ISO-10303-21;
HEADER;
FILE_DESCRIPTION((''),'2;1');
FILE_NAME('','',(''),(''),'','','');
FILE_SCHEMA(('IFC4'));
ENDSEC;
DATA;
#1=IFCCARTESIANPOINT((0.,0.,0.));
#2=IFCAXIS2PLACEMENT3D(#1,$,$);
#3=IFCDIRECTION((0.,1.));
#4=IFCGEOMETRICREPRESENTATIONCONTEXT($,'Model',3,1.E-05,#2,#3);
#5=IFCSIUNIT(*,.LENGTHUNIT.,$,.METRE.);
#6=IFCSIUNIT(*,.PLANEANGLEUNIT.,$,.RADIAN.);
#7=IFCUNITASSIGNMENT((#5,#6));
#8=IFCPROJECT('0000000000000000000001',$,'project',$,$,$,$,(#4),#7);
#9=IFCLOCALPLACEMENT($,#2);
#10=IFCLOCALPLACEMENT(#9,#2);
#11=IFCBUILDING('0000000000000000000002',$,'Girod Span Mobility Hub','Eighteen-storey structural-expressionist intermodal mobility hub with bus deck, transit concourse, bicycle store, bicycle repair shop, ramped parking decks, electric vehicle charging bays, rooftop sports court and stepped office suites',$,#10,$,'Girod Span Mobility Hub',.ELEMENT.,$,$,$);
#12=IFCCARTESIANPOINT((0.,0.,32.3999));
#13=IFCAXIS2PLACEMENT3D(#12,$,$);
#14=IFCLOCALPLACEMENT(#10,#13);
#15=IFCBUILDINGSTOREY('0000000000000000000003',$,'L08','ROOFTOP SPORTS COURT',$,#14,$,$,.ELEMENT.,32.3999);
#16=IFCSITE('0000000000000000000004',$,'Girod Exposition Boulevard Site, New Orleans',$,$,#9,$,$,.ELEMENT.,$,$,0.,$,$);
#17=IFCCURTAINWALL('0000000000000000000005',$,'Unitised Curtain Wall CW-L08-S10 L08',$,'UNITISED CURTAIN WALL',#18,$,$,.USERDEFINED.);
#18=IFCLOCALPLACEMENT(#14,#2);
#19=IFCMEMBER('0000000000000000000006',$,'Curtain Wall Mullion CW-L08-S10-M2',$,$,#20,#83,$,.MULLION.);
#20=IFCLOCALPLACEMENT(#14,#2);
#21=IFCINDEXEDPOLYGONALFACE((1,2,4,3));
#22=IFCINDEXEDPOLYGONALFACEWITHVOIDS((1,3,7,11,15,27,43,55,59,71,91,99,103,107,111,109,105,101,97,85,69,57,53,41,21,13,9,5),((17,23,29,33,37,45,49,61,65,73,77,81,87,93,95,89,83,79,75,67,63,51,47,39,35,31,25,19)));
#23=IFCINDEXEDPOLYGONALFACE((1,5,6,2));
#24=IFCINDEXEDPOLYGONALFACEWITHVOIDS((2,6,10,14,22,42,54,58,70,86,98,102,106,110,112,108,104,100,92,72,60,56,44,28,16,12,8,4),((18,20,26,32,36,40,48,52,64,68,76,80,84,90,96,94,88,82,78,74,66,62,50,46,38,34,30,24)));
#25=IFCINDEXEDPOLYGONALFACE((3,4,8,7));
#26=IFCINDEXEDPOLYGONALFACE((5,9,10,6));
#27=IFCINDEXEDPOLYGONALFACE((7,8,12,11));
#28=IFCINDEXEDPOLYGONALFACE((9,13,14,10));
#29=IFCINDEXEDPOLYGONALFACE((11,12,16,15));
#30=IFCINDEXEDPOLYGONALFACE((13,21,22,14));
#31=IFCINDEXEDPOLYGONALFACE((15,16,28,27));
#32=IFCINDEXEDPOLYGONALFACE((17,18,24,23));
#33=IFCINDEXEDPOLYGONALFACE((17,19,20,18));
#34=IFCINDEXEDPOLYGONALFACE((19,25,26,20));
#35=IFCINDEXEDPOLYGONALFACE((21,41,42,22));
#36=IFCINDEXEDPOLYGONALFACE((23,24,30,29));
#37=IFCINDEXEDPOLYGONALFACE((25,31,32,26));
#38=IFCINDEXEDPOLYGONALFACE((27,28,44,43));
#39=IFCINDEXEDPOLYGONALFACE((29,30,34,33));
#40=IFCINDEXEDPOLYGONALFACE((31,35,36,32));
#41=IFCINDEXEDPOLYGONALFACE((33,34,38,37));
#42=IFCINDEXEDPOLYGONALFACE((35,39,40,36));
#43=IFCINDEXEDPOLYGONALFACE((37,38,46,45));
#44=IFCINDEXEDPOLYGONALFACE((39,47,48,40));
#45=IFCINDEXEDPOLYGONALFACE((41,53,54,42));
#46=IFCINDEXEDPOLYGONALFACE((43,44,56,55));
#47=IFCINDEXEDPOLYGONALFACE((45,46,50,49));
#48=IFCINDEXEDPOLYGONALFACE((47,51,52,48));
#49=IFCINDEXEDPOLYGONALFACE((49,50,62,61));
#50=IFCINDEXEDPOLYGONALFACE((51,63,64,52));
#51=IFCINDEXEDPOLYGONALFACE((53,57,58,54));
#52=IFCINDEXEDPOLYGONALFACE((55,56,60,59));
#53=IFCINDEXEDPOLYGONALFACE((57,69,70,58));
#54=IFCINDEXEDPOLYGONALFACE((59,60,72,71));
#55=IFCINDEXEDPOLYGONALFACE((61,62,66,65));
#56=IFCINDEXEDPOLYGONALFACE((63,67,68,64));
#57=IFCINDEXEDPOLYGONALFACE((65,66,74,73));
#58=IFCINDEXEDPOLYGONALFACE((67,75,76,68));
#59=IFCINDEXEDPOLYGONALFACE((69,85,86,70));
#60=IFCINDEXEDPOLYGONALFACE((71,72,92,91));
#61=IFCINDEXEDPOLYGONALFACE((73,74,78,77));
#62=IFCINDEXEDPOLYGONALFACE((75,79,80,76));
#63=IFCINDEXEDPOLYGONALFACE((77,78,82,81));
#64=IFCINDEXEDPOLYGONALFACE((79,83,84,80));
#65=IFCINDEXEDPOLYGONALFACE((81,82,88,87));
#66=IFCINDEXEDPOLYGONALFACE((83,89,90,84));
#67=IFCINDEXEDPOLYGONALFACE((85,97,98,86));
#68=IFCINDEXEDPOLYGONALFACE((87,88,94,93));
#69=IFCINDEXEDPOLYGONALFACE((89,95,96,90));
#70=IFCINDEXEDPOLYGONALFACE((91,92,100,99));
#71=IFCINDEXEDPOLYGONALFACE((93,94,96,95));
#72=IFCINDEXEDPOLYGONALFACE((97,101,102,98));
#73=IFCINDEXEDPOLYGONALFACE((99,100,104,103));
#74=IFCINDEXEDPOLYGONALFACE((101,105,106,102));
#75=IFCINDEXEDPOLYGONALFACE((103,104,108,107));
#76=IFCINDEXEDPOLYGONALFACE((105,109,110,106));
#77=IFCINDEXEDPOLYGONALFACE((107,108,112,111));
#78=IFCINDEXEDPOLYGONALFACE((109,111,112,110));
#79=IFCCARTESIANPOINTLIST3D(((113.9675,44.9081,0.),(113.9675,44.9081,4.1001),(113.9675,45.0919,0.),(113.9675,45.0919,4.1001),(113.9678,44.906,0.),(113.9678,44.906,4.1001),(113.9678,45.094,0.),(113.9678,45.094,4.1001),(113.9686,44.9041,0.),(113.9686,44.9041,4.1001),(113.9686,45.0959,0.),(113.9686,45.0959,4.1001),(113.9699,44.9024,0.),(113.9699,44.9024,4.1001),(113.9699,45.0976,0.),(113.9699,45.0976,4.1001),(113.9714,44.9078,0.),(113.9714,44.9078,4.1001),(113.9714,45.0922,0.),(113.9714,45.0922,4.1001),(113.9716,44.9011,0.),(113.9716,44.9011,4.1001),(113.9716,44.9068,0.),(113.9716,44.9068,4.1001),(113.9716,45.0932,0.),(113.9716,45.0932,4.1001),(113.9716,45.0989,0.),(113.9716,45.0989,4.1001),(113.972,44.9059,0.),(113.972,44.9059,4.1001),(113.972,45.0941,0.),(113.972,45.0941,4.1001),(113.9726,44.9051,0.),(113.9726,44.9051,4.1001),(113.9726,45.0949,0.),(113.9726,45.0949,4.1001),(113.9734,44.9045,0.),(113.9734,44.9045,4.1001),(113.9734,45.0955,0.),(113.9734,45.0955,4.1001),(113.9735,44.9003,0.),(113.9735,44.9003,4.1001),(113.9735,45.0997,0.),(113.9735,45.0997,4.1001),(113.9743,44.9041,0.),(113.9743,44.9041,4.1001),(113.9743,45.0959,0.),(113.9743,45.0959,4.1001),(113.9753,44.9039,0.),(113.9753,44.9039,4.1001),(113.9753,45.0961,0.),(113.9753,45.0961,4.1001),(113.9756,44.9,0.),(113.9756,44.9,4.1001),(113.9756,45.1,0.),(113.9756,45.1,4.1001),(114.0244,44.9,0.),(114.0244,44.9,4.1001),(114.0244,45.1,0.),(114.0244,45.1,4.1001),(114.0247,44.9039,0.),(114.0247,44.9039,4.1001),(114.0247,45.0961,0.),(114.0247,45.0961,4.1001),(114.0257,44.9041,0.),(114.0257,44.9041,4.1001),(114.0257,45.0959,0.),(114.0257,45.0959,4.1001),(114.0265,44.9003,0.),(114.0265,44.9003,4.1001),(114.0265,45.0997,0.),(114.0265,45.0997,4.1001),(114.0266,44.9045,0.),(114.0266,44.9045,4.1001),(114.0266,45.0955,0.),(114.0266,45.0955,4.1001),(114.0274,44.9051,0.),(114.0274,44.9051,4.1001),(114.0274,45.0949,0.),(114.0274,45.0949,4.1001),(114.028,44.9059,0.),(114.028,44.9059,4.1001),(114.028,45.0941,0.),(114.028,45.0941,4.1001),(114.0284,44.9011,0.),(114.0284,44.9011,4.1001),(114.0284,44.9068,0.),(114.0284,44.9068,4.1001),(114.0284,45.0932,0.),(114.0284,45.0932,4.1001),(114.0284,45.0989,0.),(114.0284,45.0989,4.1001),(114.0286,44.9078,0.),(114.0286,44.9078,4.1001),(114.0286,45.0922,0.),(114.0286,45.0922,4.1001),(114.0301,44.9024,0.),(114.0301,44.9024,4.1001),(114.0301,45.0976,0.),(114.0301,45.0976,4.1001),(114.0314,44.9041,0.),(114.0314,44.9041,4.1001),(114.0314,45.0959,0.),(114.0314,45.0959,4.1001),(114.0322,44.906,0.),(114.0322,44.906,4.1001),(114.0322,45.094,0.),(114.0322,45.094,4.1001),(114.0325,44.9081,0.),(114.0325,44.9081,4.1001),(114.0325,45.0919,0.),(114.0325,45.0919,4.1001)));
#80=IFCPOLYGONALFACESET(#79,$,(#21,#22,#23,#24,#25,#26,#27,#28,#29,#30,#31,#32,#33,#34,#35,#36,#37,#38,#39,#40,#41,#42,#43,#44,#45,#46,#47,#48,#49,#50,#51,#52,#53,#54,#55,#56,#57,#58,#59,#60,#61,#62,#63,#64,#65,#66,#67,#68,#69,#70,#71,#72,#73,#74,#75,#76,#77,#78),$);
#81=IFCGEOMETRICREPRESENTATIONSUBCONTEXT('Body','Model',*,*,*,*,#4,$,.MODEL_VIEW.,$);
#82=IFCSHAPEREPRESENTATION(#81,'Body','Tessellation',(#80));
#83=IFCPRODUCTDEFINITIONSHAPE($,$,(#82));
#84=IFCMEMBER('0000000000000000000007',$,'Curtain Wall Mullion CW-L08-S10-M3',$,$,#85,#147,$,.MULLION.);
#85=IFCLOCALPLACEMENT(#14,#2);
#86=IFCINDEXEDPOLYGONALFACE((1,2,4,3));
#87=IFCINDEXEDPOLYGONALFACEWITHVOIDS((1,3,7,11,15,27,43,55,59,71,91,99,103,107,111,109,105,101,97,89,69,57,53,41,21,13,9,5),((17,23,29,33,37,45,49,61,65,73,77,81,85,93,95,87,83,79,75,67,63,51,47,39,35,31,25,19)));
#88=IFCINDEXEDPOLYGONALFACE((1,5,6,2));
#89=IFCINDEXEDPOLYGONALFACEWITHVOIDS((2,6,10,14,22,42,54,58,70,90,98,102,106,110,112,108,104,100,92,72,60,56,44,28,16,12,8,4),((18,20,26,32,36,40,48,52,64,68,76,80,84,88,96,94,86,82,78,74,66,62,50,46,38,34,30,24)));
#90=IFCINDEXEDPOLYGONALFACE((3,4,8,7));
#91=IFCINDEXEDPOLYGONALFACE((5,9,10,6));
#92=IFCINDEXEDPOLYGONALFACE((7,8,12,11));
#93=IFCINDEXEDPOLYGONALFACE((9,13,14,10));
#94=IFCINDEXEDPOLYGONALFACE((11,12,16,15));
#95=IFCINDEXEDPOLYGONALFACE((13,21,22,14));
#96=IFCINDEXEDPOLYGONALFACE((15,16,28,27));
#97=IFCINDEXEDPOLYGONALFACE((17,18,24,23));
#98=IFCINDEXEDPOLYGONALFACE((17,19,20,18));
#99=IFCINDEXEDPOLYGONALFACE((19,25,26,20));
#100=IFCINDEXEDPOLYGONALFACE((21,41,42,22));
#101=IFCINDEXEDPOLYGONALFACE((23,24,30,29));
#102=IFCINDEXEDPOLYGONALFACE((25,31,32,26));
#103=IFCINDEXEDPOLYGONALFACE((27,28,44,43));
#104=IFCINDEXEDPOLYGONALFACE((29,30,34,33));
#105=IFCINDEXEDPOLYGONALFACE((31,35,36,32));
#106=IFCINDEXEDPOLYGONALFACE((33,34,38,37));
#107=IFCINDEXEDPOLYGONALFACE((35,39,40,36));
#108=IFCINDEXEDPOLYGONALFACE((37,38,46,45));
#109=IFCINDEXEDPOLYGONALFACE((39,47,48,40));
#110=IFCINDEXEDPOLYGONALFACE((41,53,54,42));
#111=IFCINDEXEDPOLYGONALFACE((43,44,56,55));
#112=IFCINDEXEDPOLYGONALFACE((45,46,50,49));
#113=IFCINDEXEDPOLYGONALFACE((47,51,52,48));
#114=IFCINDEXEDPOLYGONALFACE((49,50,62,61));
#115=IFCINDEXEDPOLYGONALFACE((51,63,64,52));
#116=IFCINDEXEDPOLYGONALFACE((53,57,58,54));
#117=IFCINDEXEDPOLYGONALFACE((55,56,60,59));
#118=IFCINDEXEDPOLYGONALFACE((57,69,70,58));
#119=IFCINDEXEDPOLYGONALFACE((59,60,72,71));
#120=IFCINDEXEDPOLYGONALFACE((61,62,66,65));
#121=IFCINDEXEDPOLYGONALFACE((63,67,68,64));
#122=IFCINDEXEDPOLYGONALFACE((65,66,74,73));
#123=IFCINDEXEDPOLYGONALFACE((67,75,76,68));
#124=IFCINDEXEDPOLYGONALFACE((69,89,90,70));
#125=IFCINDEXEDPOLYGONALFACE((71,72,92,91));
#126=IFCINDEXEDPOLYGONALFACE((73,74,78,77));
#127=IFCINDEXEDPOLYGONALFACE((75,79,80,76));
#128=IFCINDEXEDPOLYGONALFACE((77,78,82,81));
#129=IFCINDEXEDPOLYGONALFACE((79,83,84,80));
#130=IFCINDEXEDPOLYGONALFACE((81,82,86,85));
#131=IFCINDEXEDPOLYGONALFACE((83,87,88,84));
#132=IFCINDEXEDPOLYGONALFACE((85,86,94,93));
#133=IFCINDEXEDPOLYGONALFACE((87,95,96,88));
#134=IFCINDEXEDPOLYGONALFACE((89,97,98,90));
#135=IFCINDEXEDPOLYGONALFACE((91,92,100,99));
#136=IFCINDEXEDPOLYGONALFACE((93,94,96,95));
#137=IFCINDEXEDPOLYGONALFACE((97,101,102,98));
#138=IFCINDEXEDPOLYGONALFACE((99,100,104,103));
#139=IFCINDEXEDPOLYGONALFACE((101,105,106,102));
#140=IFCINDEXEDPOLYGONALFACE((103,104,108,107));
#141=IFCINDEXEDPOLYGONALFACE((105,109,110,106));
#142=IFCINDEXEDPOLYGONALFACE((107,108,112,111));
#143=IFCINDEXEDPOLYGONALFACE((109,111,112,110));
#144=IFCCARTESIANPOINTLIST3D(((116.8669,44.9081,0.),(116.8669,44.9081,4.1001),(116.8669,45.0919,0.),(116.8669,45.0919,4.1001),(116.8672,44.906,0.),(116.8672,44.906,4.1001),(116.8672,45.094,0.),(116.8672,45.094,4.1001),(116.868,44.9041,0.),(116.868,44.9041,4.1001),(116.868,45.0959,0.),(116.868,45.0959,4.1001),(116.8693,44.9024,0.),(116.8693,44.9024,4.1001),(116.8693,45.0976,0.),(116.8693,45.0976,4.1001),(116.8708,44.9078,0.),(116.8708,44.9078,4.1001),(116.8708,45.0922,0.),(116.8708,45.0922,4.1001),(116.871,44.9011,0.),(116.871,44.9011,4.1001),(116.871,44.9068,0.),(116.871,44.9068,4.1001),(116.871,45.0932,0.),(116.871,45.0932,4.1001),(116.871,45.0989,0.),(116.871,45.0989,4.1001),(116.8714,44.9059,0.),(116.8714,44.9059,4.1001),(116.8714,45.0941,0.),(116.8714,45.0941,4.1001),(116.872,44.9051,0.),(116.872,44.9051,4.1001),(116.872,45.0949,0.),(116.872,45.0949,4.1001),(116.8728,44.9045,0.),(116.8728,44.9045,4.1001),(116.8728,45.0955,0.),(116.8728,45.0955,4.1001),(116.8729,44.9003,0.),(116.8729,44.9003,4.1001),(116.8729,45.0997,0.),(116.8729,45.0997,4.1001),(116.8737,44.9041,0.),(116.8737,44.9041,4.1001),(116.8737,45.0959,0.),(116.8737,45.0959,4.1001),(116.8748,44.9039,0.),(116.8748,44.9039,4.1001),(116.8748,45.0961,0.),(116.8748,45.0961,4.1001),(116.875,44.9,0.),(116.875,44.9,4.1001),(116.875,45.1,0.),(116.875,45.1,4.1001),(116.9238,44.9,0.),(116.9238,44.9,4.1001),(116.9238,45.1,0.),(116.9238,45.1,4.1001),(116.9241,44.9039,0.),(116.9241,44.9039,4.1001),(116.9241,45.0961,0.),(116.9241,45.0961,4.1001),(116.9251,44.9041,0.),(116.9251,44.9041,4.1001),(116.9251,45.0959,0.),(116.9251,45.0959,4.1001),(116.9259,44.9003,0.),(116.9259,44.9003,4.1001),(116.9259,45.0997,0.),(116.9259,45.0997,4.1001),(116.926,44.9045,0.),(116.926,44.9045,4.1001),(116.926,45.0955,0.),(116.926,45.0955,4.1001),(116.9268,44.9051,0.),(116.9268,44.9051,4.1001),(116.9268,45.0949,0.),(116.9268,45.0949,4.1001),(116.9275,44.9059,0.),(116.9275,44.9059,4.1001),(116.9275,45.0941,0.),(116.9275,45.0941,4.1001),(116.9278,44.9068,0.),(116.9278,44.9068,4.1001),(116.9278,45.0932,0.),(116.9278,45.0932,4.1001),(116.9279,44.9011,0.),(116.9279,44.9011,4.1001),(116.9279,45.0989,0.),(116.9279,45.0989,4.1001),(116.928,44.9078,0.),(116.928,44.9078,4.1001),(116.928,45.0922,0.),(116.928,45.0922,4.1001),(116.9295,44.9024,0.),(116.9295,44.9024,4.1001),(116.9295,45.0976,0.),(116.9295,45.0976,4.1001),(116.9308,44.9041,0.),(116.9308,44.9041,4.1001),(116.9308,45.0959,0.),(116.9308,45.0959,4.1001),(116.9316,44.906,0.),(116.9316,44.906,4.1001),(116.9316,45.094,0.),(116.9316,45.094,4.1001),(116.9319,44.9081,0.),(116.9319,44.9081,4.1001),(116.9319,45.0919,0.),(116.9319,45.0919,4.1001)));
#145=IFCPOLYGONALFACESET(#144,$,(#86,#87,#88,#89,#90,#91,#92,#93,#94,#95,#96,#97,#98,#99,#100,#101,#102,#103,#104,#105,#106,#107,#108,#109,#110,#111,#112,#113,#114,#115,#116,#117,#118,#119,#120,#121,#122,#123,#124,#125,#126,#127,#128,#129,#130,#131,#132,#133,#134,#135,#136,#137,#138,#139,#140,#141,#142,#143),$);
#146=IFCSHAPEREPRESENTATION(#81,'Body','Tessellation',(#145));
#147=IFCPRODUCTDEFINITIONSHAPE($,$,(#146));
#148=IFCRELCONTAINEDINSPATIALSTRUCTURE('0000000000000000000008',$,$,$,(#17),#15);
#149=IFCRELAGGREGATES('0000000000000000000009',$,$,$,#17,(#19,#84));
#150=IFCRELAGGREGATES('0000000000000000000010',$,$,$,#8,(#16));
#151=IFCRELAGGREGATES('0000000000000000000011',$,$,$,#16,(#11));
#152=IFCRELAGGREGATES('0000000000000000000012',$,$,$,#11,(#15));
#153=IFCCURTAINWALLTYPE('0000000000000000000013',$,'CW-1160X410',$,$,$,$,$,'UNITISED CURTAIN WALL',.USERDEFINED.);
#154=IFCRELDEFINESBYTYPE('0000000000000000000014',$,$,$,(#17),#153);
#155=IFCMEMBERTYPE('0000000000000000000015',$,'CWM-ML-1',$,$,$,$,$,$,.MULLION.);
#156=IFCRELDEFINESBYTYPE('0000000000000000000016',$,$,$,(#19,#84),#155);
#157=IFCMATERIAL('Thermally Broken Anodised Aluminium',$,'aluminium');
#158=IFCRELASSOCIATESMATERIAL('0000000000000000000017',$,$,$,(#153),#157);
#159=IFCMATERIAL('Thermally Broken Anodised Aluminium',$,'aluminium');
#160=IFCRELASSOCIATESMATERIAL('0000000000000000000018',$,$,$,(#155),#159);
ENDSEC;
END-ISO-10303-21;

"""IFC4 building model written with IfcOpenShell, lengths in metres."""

from ifc_helpers import new_model, si_unit, direction, frame, origin, origin_2d, place, context, subcontext, project, spatial, hollow_rectangle, extrude, material, material_profile, profile_set, type_object, element, aggregate, save


model = new_model("IFC4")

# Units and contexts
model_context = context("Model", 3, precision=1e-05, world=origin(), true_north=direction((0.0, 1.0)))
body_context = subcontext(model_context, "Body", "Model", "MODEL_VIEW")
ifc_project = project(units=[si_unit("LENGTHUNIT", "METRE"), si_unit("PLANEANGLEUNIT", "RADIAN")], contexts=[model_context])

# Site, building, storey
site_placement = place(None, origin())
site = spatial("IfcSite", under=ifc_project, at=site_placement, Name="Girod Exposition Boulevard Site, New Orleans", CompositionType="ELEMENT", RefElevation=0.0)
building_placement = place(site_placement, origin())
building = spatial("IfcBuilding", under=site, at=building_placement, Name="Girod Span Mobility Hub", Description="Eighteen-storey structural-expressionist intermodal mobility hub with bus deck, transit concourse, bicycle store, bicycle repair shop, ramped parking decks, electric vehicle charging bays, rooftop sports court and stepped office suites", LongName="Girod Span Mobility Hub", CompositionType="ELEMENT")
storey_placement = place(building_placement, frame((0.0, 0.0, 32.3999)))
storey = spatial("IfcBuildingStorey", under=building, at=storey_placement, Name="L08", Description="ROOFTOP SPORTS COURT", CompositionType="ELEMENT", Elevation=32.3999)

# Curtain wall, members
ifc_material_1 = material(Name="Thermally Broken Anodised Aluminium", Category="aluminium")
curtain_wall_type = type_object("IfcCurtainWallType", Name="CW-1160X410", ElementType="UNITISED CURTAIN WALL", PredefinedType="USERDEFINED", material=ifc_material_1)
curtain_wall_1_placement = place(storey_placement, origin())
curtain_wall_1 = element("IfcCurtainWall", 1, at=curtain_wall_1_placement, inside=storey, type_object=curtain_wall_type, Name="Unitised Curtain Wall CW-L08-S10 L08", ObjectType="UNITISED CURTAIN WALL", PredefinedType="USERDEFINED")
ifc_material_2 = material(Name="Thermally Broken Anodised Aluminium", Category="aluminium")
ifc_material_profile_1 = material_profile(ifc_material_2, hollow_rectangle(XDim=0.2, YDim=0.0649, WallThickness=0.0039, InnerFilletRadius=0.0039, OuterFilletRadius=0.0081, at=origin_2d()), Name="CW-ML-65X200")
ifc_profile_set_1 = profile_set([ifc_material_profile_1], Name="Thermally Broken Anodised Aluminium")
member_type_1 = type_object("IfcMemberType", Name="CWM-ML-1", PredefinedType="MULLION", material=ifc_profile_set_1)
member_1_placement = place(storey_placement, frame((114.0, 45.0, 0.0), z_axis=(0.0, 0.0, 1.0), x_axis=(0.0, 1.0, 0.0)))
member_1 = element("IfcMember", 2, at=member_1_placement, type_object=member_type_1, Name="Curtain Wall Mullion CW-L08-S10-M2", PredefinedType="MULLION", context=body_context, shape_type="SweptSolid", body=[
    extrude(hollow_rectangle(XDim=0.2, YDim=0.0649, WallThickness=0.0039, InnerFilletRadius=0.0039, OuterFilletRadius=0.0081, at=origin_2d()), origin(), (0.0, 0.0, 1.0), 4.1001),
])
member_2_placement = place(storey_placement, frame((116.8994, 45.0, 0.0), z_axis=(0.0, 0.0, 1.0), x_axis=(0.0, 1.0, 0.0)))
member_2 = element("IfcMember", 3, at=member_2_placement, type_object=member_type_1, Name="Curtain Wall Mullion CW-L08-S10-M3", PredefinedType="MULLION", context=body_context, shape_type="SweptSolid", body=[
    extrude(hollow_rectangle(XDim=0.2, YDim=0.0649, WallThickness=0.0039, InnerFilletRadius=0.0039, OuterFilletRadius=0.0081, at=origin_2d()), origin(), (0.0, 0.0, 1.0), 4.1001),
])

aggregate(curtain_wall_1, [member_1, member_2])

save(model, "model.ifc")
